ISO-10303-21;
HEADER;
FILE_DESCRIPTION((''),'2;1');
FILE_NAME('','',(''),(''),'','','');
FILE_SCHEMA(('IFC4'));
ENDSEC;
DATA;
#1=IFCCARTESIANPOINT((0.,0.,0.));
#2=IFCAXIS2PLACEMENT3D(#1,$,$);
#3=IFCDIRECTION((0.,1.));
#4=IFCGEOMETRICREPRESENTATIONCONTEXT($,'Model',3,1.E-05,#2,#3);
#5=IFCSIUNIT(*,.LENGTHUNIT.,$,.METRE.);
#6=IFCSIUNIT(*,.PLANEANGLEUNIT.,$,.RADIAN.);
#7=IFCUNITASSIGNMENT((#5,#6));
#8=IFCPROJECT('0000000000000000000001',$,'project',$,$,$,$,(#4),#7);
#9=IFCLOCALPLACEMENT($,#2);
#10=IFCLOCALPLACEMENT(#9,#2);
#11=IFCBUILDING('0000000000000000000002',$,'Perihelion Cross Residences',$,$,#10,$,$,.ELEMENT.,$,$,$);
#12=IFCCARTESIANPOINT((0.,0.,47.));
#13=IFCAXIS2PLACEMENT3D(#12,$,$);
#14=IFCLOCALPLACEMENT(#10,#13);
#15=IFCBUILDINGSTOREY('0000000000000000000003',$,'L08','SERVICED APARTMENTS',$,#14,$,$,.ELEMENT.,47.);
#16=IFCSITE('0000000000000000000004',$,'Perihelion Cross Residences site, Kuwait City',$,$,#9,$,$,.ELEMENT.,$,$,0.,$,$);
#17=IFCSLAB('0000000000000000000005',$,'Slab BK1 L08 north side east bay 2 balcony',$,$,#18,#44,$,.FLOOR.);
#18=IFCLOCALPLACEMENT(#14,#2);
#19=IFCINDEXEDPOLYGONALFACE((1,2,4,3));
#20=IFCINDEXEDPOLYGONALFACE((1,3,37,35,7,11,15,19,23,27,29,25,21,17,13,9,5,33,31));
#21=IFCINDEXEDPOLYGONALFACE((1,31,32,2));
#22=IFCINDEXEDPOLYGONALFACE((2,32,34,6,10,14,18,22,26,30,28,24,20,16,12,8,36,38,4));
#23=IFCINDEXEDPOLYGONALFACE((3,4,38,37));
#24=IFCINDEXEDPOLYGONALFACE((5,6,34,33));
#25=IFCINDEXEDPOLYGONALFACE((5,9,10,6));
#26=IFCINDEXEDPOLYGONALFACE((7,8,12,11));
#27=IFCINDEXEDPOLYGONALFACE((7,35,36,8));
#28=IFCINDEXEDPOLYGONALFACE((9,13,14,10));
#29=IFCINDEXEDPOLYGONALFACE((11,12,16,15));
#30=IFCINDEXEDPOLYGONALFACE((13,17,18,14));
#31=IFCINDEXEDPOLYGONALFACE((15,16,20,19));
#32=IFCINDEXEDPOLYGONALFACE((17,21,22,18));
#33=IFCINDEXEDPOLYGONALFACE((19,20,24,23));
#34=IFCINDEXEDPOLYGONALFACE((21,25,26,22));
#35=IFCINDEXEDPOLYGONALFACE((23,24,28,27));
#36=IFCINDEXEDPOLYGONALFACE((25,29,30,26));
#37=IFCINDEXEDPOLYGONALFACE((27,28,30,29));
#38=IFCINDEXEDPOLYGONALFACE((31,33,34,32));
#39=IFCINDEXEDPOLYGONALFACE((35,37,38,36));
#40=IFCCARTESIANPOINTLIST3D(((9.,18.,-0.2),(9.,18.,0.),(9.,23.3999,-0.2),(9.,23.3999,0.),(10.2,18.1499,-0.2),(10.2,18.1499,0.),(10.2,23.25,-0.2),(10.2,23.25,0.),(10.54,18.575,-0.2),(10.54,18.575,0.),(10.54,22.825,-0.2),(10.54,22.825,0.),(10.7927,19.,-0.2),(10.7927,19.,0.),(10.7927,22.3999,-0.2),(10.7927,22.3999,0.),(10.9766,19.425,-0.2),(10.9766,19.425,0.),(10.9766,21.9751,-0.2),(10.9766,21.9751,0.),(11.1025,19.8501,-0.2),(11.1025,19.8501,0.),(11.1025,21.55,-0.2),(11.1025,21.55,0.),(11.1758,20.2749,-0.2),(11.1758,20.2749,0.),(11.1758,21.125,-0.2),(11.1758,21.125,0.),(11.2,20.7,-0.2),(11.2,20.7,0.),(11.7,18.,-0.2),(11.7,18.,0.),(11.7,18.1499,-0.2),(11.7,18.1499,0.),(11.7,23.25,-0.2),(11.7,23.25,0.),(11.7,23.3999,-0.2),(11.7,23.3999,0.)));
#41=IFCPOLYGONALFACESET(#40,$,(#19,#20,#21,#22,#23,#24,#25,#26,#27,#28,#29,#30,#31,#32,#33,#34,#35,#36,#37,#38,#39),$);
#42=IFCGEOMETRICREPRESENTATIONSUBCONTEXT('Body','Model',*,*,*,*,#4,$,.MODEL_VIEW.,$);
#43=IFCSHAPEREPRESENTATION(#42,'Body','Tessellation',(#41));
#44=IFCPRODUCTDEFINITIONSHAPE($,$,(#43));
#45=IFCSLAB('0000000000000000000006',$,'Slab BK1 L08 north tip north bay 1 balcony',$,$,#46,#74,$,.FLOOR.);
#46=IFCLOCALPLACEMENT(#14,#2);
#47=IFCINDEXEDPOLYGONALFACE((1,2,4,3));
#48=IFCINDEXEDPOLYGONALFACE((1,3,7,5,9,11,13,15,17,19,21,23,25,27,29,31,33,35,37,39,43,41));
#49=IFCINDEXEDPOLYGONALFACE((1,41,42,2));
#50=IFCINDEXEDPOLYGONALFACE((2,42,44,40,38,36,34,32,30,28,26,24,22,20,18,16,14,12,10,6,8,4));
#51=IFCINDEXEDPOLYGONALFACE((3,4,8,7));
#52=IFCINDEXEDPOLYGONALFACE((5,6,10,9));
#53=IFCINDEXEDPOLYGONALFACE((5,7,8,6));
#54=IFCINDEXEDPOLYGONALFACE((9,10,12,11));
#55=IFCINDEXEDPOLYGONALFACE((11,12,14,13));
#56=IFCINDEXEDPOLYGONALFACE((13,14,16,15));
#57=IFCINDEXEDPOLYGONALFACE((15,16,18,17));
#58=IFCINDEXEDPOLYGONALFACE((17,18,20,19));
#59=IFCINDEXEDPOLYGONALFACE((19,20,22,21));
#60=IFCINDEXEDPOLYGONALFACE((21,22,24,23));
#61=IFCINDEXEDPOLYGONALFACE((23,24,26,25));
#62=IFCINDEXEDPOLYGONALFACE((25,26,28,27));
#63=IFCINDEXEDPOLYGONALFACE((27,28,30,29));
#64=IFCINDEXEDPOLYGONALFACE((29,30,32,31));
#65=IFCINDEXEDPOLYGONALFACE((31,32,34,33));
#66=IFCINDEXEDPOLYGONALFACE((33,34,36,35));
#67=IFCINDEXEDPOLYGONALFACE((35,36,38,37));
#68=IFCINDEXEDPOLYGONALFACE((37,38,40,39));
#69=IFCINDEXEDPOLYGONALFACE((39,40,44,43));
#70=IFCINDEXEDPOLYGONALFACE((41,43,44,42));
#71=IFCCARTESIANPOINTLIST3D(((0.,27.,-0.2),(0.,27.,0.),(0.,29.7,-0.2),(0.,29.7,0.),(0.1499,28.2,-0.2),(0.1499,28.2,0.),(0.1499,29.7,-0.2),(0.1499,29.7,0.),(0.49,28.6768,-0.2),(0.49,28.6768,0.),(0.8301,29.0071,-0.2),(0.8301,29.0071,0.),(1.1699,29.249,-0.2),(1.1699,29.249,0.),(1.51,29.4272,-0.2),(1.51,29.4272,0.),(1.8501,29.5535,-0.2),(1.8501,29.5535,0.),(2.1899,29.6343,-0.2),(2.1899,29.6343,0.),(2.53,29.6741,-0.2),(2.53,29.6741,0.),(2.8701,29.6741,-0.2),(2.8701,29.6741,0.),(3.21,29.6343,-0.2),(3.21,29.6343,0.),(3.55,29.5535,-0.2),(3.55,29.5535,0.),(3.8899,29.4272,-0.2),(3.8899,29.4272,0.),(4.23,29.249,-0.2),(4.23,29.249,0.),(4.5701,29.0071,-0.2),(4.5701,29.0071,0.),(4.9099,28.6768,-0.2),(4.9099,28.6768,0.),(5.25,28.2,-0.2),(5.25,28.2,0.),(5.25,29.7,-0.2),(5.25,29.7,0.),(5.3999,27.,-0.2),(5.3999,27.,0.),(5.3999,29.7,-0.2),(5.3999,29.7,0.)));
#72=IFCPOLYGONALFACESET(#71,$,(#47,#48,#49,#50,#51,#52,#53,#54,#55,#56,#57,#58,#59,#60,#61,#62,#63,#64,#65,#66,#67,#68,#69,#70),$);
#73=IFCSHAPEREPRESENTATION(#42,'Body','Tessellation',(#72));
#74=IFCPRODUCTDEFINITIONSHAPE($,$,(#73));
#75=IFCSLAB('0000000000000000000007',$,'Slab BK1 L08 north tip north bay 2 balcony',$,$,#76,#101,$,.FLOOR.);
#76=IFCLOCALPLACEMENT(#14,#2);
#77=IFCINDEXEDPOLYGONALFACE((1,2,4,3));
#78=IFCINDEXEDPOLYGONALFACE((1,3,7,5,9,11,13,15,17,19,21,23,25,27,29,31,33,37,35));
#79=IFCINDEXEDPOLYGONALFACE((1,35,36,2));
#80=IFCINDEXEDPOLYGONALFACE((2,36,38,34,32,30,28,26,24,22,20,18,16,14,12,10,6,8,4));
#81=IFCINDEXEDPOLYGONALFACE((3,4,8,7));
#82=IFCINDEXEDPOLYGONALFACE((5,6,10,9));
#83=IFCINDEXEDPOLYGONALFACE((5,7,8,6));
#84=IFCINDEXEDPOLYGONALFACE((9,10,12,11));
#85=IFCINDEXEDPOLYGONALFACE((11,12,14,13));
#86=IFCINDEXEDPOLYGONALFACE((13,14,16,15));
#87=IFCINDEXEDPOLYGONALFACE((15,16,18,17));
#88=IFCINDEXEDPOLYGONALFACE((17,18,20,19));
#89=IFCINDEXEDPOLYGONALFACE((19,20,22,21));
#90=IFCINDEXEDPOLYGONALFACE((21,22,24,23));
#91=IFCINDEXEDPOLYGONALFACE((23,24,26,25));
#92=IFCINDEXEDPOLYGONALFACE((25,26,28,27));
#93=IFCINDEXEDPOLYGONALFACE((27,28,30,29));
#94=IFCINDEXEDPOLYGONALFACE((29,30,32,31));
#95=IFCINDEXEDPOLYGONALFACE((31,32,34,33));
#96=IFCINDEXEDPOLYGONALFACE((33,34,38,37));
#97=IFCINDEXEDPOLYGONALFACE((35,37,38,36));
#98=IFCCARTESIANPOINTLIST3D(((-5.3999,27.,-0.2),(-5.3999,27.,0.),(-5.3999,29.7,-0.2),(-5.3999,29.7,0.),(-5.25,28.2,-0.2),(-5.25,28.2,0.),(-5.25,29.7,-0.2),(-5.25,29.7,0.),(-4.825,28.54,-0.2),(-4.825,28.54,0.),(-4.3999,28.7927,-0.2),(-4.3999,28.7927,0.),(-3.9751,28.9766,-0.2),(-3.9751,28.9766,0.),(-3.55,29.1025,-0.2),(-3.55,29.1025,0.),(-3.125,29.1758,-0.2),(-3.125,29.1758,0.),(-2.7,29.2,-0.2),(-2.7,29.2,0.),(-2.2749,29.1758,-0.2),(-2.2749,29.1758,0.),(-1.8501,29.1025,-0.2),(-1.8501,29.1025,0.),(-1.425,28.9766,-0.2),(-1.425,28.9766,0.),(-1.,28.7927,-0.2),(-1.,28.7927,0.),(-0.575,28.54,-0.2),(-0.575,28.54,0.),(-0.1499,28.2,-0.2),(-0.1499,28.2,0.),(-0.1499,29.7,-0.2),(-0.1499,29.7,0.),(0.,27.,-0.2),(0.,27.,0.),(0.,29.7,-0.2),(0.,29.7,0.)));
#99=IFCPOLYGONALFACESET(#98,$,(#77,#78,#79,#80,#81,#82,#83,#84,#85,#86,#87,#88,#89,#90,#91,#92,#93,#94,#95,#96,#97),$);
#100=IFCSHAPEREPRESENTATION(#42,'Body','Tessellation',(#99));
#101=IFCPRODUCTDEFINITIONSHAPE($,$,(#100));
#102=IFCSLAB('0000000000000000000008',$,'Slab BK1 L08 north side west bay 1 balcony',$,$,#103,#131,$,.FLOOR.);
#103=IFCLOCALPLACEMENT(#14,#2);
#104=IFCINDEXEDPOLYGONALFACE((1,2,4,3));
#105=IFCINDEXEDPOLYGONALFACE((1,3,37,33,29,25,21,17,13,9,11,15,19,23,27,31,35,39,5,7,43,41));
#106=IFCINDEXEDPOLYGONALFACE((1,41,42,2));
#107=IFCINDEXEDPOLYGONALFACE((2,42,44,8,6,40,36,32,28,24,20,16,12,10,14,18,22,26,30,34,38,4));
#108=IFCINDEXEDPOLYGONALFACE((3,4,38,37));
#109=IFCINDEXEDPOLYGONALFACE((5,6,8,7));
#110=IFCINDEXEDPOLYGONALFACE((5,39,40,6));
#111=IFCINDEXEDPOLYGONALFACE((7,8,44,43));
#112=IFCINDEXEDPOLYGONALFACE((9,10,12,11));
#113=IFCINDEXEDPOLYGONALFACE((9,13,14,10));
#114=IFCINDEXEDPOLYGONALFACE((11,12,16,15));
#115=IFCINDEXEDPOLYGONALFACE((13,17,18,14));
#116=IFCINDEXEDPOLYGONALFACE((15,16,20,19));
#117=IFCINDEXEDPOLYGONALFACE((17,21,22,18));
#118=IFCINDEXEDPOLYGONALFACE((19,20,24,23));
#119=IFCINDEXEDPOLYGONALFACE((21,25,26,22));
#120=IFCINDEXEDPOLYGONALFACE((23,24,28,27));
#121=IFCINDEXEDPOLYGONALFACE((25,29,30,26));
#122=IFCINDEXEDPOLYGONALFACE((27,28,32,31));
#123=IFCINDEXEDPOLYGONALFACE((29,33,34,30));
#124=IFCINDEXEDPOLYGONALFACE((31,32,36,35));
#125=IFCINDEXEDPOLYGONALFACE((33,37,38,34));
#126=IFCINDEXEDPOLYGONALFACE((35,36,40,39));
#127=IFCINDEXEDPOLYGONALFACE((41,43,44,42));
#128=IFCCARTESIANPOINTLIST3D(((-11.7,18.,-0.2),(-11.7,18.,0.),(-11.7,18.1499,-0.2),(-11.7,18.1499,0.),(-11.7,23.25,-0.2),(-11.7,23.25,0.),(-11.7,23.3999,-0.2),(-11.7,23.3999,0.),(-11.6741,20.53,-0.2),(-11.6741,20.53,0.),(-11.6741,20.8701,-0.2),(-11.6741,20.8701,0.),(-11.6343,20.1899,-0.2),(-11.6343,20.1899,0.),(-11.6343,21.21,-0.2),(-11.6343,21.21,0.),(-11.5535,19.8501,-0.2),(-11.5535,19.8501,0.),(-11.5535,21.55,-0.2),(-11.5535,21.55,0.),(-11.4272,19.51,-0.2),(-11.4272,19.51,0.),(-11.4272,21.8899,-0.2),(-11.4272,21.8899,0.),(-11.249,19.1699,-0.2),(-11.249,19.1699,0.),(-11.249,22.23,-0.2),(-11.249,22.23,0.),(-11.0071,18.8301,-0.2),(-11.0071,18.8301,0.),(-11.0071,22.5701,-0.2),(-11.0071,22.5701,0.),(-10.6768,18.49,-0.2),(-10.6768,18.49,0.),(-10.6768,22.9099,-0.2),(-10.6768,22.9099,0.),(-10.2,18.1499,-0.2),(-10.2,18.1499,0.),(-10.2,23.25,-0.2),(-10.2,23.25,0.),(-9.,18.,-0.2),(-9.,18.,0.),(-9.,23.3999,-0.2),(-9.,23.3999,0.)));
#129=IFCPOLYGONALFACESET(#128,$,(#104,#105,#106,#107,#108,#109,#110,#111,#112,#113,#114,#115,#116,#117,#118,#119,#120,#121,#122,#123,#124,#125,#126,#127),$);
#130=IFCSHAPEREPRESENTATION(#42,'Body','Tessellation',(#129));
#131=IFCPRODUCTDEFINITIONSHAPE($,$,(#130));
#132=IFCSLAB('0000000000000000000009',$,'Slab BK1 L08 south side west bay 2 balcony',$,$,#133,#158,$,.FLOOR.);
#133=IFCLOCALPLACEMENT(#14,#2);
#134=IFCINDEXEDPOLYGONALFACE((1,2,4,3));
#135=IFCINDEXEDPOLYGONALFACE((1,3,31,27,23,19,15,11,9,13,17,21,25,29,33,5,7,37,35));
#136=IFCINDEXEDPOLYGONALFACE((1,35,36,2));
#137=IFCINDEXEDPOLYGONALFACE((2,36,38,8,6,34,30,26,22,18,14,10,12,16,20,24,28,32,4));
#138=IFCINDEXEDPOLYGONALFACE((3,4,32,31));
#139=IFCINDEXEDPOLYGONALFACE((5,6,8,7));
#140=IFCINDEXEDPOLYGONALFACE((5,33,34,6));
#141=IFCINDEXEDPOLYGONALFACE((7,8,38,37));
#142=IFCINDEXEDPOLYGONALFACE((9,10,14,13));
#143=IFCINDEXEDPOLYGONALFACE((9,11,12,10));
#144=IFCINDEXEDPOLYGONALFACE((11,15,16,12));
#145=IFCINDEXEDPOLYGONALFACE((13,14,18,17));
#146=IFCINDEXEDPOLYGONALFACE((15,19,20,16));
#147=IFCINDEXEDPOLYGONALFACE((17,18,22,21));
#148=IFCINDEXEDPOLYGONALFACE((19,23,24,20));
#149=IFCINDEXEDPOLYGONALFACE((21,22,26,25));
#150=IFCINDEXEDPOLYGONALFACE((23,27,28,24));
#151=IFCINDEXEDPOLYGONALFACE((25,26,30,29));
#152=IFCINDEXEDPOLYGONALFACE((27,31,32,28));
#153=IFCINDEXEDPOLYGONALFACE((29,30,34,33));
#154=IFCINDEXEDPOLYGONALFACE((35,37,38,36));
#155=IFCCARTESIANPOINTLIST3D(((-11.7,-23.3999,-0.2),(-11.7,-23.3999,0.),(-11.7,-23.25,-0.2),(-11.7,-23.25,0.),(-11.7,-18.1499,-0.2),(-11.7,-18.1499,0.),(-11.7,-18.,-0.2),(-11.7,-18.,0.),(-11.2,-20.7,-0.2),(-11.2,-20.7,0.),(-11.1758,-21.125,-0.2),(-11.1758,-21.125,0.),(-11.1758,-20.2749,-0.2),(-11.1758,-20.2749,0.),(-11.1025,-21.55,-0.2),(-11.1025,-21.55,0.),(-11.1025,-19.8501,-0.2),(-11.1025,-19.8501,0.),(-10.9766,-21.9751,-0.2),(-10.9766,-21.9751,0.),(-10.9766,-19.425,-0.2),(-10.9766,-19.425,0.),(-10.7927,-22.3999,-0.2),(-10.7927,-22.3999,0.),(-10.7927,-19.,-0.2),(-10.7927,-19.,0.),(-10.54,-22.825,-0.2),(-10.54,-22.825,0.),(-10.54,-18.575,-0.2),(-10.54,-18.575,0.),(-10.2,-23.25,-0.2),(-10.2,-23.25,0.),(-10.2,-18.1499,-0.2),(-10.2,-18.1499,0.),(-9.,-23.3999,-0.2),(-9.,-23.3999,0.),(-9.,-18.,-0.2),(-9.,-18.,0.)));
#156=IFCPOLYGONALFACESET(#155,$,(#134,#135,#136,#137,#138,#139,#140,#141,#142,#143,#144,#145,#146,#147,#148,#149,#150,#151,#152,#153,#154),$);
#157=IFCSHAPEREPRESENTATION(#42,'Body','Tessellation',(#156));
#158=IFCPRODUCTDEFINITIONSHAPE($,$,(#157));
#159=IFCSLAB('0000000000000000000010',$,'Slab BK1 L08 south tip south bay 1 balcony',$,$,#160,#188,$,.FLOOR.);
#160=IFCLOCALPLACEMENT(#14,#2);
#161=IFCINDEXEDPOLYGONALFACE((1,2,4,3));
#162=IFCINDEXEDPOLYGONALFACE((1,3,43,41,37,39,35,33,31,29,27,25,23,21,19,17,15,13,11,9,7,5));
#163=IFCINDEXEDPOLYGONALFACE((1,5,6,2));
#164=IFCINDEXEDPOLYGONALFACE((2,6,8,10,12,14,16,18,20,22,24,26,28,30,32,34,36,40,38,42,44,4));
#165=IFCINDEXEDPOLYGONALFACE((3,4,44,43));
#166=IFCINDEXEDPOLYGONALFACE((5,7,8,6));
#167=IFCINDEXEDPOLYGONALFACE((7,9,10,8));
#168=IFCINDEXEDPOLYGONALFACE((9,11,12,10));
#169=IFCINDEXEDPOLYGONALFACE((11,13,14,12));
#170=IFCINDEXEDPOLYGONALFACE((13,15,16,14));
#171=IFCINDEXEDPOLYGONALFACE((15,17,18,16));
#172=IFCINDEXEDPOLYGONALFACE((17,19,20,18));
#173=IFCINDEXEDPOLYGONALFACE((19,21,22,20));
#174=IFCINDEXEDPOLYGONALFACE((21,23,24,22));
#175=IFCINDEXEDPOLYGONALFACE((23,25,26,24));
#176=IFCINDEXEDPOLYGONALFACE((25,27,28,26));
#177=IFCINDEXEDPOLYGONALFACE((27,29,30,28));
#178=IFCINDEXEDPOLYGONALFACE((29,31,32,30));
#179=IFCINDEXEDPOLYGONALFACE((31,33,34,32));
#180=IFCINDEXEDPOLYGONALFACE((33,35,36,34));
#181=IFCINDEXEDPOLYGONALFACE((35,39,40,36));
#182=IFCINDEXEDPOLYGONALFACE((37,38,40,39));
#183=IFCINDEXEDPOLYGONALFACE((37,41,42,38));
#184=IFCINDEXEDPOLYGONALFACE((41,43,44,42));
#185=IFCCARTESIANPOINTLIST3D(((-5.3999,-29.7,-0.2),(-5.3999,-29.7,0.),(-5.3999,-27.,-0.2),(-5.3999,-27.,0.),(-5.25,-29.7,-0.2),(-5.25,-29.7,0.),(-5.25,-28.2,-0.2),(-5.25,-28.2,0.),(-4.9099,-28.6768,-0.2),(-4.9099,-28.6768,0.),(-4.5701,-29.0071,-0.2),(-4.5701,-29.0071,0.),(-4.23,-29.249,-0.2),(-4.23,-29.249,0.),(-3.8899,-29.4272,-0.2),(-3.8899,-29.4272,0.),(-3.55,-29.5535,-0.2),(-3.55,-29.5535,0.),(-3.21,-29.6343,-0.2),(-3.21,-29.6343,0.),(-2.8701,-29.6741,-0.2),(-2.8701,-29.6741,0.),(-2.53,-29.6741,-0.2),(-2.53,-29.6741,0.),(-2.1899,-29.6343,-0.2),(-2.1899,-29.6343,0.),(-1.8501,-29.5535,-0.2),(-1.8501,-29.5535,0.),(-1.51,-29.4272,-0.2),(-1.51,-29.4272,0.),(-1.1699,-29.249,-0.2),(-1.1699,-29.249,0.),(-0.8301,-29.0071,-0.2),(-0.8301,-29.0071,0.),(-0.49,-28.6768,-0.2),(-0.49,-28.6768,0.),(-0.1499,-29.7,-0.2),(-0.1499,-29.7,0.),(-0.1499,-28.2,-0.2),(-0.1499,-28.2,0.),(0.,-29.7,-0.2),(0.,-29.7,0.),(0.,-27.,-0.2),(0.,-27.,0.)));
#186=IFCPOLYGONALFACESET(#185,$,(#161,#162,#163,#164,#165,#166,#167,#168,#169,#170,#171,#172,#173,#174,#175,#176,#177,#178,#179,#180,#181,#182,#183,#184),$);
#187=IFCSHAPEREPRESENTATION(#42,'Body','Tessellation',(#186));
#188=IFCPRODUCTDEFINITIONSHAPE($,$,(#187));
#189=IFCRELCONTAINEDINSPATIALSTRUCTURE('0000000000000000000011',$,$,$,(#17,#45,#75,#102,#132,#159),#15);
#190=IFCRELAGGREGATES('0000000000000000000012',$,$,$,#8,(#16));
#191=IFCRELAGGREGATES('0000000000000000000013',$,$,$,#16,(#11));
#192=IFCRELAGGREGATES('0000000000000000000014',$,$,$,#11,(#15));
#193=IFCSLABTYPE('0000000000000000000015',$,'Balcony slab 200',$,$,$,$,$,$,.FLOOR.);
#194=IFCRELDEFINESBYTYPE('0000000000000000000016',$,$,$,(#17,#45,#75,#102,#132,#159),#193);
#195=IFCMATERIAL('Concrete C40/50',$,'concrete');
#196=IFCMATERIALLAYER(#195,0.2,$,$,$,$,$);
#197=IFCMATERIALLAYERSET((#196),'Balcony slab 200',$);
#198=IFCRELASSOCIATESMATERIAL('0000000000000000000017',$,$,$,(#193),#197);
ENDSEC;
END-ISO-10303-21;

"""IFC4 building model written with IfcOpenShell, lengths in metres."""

from ifc_helpers import new_model, si_unit, direction, frame, origin, place, context, subcontext, project, spatial, polyline, outline, extrude, material, layer, layer_set, type_object, element, save


model = new_model("IFC4")

# Units and contexts
model_context = context("Model", 3, precision=1e-05, world=origin(), true_north=direction((0.0, 1.0)))
body_context = subcontext(model_context, "Body", "Model", "MODEL_VIEW")
ifc_project = project(units=[si_unit("LENGTHUNIT", "METRE"), si_unit("PLANEANGLEUNIT", "RADIAN")], contexts=[model_context])

# Site, building, storey
site_placement = place(None, origin())
site = spatial("IfcSite", under=ifc_project, at=site_placement, Name="Perihelion Cross Residences site, Kuwait City", CompositionType="ELEMENT", RefElevation=0.0)
building_placement = place(site_placement, origin())
building = spatial("IfcBuilding", under=site, at=building_placement, Name="Perihelion Cross Residences", CompositionType="ELEMENT")
storey_placement = place(building_placement, frame((0.0, 0.0, 47.0)))
storey = spatial("IfcBuildingStorey", under=building, at=storey_placement, Name="L08", Description="SERVICED APARTMENTS", CompositionType="ELEMENT", Elevation=47.0)

# Slabs
ifc_material_1 = material(Name="Concrete C40/50", Category="concrete")
ifc_layer_1 = layer(ifc_material_1, 0.2)
ifc_layer_set_1 = layer_set([ifc_layer_1], Name="Balcony slab 200")
slab_type_1 = type_object("IfcSlabType", Name="Balcony slab 200", PredefinedType="FLOOR", material=ifc_layer_set_1)
slab_1_placement = place(storey_placement, frame((0.0, 0.0, -0.2)))
element("IfcSlab", 1, at=slab_1_placement, inside=storey, type_object=slab_type_1, Name="Slab BK1 L08 north side east bay 2 balcony", PredefinedType="FLOOR", context=body_context, shape_type="SweptSolid", body=[
    extrude(outline(polyline([(9.0, 18.0), (9.0, 23.3999), (11.7, 23.3999), (11.7, 23.25), (10.2, 23.25), (10.54, 22.825), (10.7927, 22.3999), (10.9766, 21.9751), (11.1025, 21.55), (11.1758, 21.125), (11.2, 20.7), (11.1758, 20.2749), (11.1025, 19.8501), (10.9766, 19.425), (10.7927, 19.0), (10.54, 18.575), (10.2, 18.1499), (11.7, 18.1499), (11.7, 18.0), (9.0, 18.0)])), origin(), (0.0, 0.0, 1.0), 0.2),
])
slab_2_placement = place(storey_placement, frame((0.0, 0.0, -0.2)))
element("IfcSlab", 2, at=slab_2_placement, inside=storey, type_object=slab_type_1, Name="Slab BK1 L08 north tip north bay 1 balcony", PredefinedType="FLOOR", context=body_context, shape_type="SweptSolid", body=[
    extrude(outline(polyline([(5.3999, 27.0), (0.0, 27.0), (0.0, 29.7), (0.1499, 29.7), (0.1499, 28.2), (0.49, 28.6768), (0.8301, 29.0071), (1.1699, 29.249), (1.51, 29.4272), (1.8501, 29.5535), (2.1899, 29.6343), (2.53, 29.6741), (2.8701, 29.6741), (3.21, 29.6343), (3.55, 29.5535), (3.8899, 29.4272), (4.23, 29.249), (4.5701, 29.0071), (4.9099, 28.6768), (5.25, 28.2), (5.25, 29.7), (5.3999, 29.7), (5.3999, 27.0)])), origin(), (0.0, 0.0, 1.0), 0.2),
])
slab_3_placement = place(storey_placement, frame((0.0, 0.0, -0.2)))
element("IfcSlab", 3, at=slab_3_placement, inside=storey, type_object=slab_type_1, Name="Slab BK1 L08 north tip north bay 2 balcony", PredefinedType="FLOOR", context=body_context, shape_type="SweptSolid", body=[
    extrude(outline(polyline([(0.0, 27.0), (-5.3999, 27.0), (-5.3999, 29.7), (-5.25, 29.7), (-5.25, 28.2), (-4.825, 28.54), (-4.3999, 28.7927), (-3.9751, 28.9766), (-3.55, 29.1025), (-3.125, 29.1758), (-2.7, 29.2), (-2.2749, 29.1758), (-1.8501, 29.1025), (-1.425, 28.9766), (-1.0, 28.7927), (-0.575, 28.54), (-0.1499, 28.2), (-0.1499, 29.7), (0.0, 29.7), (0.0, 27.0)])), origin(), (0.0, 0.0, 1.0), 0.2),
])
slab_4_placement = place(storey_placement, frame((0.0, 0.0, -0.2)))
element("IfcSlab", 4, at=slab_4_placement, inside=storey, type_object=slab_type_1, Name="Slab BK1 L08 north side west bay 1 balcony", PredefinedType="FLOOR", context=body_context, shape_type="SweptSolid", body=[
    extrude(outline(polyline([(-9.0, 23.3999), (-9.0, 18.0), (-11.7, 18.0), (-11.7, 18.1499), (-10.2, 18.1499), (-10.6768, 18.49), (-11.0071, 18.8301), (-11.249, 19.1699), (-11.4272, 19.51), (-11.5535, 19.8501), (-11.6343, 20.1899), (-11.6741, 20.53), (-11.6741, 20.8701), (-11.6343, 21.21), (-11.5535, 21.55), (-11.4272, 21.8899), (-11.249, 22.23), (-11.0071, 22.5701), (-10.6768, 22.9099), (-10.2, 23.25), (-11.7, 23.25), (-11.7, 23.3999), (-9.0, 23.3999)])), origin(), (0.0, 0.0, 1.0), 0.2),
])
slab_5_placement = place(storey_placement, frame((0.0, 0.0, -0.2)))
element("IfcSlab", 5, at=slab_5_placement, inside=storey, type_object=slab_type_1, Name="Slab BK1 L08 south side west bay 2 balcony", PredefinedType="FLOOR", context=body_context, shape_type="SweptSolid", body=[
    extrude(outline(polyline([(-9.0, -18.0), (-9.0, -23.3999), (-11.7, -23.3999), (-11.7, -23.25), (-10.2, -23.25), (-10.54, -22.825), (-10.7927, -22.3999), (-10.9766, -21.9751), (-11.1025, -21.55), (-11.1758, -21.125), (-11.2, -20.7), (-11.1758, -20.2749), (-11.1025, -19.8501), (-10.9766, -19.425), (-10.7927, -19.0), (-10.54, -18.575), (-10.2, -18.1499), (-11.7, -18.1499), (-11.7, -18.0), (-9.0, -18.0)])), origin(), (0.0, 0.0, 1.0), 0.2),
])
slab_6_placement = place(storey_placement, frame((0.0, 0.0, -0.2)))
element("IfcSlab", 6, at=slab_6_placement, inside=storey, type_object=slab_type_1, Name="Slab BK1 L08 south tip south bay 1 balcony", PredefinedType="FLOOR", context=body_context, shape_type="SweptSolid", body=[
    extrude(outline(polyline([(-5.3999, -27.0), (0.0, -27.0), (0.0, -29.7), (-0.1499, -29.7), (-0.1499, -28.2), (-0.49, -28.6768), (-0.8301, -29.0071), (-1.1699, -29.249), (-1.51, -29.4272), (-1.8501, -29.5535), (-2.1899, -29.6343), (-2.53, -29.6741), (-2.8701, -29.6741), (-3.21, -29.6343), (-3.55, -29.5535), (-3.8899, -29.4272), (-4.23, -29.249), (-4.5701, -29.0071), (-4.9099, -28.6768), (-5.25, -28.2), (-5.25, -29.7), (-5.3999, -29.7), (-5.3999, -27.0)])), origin(), (0.0, 0.0, 1.0), 0.2),
])

save(model, "model.ifc")
